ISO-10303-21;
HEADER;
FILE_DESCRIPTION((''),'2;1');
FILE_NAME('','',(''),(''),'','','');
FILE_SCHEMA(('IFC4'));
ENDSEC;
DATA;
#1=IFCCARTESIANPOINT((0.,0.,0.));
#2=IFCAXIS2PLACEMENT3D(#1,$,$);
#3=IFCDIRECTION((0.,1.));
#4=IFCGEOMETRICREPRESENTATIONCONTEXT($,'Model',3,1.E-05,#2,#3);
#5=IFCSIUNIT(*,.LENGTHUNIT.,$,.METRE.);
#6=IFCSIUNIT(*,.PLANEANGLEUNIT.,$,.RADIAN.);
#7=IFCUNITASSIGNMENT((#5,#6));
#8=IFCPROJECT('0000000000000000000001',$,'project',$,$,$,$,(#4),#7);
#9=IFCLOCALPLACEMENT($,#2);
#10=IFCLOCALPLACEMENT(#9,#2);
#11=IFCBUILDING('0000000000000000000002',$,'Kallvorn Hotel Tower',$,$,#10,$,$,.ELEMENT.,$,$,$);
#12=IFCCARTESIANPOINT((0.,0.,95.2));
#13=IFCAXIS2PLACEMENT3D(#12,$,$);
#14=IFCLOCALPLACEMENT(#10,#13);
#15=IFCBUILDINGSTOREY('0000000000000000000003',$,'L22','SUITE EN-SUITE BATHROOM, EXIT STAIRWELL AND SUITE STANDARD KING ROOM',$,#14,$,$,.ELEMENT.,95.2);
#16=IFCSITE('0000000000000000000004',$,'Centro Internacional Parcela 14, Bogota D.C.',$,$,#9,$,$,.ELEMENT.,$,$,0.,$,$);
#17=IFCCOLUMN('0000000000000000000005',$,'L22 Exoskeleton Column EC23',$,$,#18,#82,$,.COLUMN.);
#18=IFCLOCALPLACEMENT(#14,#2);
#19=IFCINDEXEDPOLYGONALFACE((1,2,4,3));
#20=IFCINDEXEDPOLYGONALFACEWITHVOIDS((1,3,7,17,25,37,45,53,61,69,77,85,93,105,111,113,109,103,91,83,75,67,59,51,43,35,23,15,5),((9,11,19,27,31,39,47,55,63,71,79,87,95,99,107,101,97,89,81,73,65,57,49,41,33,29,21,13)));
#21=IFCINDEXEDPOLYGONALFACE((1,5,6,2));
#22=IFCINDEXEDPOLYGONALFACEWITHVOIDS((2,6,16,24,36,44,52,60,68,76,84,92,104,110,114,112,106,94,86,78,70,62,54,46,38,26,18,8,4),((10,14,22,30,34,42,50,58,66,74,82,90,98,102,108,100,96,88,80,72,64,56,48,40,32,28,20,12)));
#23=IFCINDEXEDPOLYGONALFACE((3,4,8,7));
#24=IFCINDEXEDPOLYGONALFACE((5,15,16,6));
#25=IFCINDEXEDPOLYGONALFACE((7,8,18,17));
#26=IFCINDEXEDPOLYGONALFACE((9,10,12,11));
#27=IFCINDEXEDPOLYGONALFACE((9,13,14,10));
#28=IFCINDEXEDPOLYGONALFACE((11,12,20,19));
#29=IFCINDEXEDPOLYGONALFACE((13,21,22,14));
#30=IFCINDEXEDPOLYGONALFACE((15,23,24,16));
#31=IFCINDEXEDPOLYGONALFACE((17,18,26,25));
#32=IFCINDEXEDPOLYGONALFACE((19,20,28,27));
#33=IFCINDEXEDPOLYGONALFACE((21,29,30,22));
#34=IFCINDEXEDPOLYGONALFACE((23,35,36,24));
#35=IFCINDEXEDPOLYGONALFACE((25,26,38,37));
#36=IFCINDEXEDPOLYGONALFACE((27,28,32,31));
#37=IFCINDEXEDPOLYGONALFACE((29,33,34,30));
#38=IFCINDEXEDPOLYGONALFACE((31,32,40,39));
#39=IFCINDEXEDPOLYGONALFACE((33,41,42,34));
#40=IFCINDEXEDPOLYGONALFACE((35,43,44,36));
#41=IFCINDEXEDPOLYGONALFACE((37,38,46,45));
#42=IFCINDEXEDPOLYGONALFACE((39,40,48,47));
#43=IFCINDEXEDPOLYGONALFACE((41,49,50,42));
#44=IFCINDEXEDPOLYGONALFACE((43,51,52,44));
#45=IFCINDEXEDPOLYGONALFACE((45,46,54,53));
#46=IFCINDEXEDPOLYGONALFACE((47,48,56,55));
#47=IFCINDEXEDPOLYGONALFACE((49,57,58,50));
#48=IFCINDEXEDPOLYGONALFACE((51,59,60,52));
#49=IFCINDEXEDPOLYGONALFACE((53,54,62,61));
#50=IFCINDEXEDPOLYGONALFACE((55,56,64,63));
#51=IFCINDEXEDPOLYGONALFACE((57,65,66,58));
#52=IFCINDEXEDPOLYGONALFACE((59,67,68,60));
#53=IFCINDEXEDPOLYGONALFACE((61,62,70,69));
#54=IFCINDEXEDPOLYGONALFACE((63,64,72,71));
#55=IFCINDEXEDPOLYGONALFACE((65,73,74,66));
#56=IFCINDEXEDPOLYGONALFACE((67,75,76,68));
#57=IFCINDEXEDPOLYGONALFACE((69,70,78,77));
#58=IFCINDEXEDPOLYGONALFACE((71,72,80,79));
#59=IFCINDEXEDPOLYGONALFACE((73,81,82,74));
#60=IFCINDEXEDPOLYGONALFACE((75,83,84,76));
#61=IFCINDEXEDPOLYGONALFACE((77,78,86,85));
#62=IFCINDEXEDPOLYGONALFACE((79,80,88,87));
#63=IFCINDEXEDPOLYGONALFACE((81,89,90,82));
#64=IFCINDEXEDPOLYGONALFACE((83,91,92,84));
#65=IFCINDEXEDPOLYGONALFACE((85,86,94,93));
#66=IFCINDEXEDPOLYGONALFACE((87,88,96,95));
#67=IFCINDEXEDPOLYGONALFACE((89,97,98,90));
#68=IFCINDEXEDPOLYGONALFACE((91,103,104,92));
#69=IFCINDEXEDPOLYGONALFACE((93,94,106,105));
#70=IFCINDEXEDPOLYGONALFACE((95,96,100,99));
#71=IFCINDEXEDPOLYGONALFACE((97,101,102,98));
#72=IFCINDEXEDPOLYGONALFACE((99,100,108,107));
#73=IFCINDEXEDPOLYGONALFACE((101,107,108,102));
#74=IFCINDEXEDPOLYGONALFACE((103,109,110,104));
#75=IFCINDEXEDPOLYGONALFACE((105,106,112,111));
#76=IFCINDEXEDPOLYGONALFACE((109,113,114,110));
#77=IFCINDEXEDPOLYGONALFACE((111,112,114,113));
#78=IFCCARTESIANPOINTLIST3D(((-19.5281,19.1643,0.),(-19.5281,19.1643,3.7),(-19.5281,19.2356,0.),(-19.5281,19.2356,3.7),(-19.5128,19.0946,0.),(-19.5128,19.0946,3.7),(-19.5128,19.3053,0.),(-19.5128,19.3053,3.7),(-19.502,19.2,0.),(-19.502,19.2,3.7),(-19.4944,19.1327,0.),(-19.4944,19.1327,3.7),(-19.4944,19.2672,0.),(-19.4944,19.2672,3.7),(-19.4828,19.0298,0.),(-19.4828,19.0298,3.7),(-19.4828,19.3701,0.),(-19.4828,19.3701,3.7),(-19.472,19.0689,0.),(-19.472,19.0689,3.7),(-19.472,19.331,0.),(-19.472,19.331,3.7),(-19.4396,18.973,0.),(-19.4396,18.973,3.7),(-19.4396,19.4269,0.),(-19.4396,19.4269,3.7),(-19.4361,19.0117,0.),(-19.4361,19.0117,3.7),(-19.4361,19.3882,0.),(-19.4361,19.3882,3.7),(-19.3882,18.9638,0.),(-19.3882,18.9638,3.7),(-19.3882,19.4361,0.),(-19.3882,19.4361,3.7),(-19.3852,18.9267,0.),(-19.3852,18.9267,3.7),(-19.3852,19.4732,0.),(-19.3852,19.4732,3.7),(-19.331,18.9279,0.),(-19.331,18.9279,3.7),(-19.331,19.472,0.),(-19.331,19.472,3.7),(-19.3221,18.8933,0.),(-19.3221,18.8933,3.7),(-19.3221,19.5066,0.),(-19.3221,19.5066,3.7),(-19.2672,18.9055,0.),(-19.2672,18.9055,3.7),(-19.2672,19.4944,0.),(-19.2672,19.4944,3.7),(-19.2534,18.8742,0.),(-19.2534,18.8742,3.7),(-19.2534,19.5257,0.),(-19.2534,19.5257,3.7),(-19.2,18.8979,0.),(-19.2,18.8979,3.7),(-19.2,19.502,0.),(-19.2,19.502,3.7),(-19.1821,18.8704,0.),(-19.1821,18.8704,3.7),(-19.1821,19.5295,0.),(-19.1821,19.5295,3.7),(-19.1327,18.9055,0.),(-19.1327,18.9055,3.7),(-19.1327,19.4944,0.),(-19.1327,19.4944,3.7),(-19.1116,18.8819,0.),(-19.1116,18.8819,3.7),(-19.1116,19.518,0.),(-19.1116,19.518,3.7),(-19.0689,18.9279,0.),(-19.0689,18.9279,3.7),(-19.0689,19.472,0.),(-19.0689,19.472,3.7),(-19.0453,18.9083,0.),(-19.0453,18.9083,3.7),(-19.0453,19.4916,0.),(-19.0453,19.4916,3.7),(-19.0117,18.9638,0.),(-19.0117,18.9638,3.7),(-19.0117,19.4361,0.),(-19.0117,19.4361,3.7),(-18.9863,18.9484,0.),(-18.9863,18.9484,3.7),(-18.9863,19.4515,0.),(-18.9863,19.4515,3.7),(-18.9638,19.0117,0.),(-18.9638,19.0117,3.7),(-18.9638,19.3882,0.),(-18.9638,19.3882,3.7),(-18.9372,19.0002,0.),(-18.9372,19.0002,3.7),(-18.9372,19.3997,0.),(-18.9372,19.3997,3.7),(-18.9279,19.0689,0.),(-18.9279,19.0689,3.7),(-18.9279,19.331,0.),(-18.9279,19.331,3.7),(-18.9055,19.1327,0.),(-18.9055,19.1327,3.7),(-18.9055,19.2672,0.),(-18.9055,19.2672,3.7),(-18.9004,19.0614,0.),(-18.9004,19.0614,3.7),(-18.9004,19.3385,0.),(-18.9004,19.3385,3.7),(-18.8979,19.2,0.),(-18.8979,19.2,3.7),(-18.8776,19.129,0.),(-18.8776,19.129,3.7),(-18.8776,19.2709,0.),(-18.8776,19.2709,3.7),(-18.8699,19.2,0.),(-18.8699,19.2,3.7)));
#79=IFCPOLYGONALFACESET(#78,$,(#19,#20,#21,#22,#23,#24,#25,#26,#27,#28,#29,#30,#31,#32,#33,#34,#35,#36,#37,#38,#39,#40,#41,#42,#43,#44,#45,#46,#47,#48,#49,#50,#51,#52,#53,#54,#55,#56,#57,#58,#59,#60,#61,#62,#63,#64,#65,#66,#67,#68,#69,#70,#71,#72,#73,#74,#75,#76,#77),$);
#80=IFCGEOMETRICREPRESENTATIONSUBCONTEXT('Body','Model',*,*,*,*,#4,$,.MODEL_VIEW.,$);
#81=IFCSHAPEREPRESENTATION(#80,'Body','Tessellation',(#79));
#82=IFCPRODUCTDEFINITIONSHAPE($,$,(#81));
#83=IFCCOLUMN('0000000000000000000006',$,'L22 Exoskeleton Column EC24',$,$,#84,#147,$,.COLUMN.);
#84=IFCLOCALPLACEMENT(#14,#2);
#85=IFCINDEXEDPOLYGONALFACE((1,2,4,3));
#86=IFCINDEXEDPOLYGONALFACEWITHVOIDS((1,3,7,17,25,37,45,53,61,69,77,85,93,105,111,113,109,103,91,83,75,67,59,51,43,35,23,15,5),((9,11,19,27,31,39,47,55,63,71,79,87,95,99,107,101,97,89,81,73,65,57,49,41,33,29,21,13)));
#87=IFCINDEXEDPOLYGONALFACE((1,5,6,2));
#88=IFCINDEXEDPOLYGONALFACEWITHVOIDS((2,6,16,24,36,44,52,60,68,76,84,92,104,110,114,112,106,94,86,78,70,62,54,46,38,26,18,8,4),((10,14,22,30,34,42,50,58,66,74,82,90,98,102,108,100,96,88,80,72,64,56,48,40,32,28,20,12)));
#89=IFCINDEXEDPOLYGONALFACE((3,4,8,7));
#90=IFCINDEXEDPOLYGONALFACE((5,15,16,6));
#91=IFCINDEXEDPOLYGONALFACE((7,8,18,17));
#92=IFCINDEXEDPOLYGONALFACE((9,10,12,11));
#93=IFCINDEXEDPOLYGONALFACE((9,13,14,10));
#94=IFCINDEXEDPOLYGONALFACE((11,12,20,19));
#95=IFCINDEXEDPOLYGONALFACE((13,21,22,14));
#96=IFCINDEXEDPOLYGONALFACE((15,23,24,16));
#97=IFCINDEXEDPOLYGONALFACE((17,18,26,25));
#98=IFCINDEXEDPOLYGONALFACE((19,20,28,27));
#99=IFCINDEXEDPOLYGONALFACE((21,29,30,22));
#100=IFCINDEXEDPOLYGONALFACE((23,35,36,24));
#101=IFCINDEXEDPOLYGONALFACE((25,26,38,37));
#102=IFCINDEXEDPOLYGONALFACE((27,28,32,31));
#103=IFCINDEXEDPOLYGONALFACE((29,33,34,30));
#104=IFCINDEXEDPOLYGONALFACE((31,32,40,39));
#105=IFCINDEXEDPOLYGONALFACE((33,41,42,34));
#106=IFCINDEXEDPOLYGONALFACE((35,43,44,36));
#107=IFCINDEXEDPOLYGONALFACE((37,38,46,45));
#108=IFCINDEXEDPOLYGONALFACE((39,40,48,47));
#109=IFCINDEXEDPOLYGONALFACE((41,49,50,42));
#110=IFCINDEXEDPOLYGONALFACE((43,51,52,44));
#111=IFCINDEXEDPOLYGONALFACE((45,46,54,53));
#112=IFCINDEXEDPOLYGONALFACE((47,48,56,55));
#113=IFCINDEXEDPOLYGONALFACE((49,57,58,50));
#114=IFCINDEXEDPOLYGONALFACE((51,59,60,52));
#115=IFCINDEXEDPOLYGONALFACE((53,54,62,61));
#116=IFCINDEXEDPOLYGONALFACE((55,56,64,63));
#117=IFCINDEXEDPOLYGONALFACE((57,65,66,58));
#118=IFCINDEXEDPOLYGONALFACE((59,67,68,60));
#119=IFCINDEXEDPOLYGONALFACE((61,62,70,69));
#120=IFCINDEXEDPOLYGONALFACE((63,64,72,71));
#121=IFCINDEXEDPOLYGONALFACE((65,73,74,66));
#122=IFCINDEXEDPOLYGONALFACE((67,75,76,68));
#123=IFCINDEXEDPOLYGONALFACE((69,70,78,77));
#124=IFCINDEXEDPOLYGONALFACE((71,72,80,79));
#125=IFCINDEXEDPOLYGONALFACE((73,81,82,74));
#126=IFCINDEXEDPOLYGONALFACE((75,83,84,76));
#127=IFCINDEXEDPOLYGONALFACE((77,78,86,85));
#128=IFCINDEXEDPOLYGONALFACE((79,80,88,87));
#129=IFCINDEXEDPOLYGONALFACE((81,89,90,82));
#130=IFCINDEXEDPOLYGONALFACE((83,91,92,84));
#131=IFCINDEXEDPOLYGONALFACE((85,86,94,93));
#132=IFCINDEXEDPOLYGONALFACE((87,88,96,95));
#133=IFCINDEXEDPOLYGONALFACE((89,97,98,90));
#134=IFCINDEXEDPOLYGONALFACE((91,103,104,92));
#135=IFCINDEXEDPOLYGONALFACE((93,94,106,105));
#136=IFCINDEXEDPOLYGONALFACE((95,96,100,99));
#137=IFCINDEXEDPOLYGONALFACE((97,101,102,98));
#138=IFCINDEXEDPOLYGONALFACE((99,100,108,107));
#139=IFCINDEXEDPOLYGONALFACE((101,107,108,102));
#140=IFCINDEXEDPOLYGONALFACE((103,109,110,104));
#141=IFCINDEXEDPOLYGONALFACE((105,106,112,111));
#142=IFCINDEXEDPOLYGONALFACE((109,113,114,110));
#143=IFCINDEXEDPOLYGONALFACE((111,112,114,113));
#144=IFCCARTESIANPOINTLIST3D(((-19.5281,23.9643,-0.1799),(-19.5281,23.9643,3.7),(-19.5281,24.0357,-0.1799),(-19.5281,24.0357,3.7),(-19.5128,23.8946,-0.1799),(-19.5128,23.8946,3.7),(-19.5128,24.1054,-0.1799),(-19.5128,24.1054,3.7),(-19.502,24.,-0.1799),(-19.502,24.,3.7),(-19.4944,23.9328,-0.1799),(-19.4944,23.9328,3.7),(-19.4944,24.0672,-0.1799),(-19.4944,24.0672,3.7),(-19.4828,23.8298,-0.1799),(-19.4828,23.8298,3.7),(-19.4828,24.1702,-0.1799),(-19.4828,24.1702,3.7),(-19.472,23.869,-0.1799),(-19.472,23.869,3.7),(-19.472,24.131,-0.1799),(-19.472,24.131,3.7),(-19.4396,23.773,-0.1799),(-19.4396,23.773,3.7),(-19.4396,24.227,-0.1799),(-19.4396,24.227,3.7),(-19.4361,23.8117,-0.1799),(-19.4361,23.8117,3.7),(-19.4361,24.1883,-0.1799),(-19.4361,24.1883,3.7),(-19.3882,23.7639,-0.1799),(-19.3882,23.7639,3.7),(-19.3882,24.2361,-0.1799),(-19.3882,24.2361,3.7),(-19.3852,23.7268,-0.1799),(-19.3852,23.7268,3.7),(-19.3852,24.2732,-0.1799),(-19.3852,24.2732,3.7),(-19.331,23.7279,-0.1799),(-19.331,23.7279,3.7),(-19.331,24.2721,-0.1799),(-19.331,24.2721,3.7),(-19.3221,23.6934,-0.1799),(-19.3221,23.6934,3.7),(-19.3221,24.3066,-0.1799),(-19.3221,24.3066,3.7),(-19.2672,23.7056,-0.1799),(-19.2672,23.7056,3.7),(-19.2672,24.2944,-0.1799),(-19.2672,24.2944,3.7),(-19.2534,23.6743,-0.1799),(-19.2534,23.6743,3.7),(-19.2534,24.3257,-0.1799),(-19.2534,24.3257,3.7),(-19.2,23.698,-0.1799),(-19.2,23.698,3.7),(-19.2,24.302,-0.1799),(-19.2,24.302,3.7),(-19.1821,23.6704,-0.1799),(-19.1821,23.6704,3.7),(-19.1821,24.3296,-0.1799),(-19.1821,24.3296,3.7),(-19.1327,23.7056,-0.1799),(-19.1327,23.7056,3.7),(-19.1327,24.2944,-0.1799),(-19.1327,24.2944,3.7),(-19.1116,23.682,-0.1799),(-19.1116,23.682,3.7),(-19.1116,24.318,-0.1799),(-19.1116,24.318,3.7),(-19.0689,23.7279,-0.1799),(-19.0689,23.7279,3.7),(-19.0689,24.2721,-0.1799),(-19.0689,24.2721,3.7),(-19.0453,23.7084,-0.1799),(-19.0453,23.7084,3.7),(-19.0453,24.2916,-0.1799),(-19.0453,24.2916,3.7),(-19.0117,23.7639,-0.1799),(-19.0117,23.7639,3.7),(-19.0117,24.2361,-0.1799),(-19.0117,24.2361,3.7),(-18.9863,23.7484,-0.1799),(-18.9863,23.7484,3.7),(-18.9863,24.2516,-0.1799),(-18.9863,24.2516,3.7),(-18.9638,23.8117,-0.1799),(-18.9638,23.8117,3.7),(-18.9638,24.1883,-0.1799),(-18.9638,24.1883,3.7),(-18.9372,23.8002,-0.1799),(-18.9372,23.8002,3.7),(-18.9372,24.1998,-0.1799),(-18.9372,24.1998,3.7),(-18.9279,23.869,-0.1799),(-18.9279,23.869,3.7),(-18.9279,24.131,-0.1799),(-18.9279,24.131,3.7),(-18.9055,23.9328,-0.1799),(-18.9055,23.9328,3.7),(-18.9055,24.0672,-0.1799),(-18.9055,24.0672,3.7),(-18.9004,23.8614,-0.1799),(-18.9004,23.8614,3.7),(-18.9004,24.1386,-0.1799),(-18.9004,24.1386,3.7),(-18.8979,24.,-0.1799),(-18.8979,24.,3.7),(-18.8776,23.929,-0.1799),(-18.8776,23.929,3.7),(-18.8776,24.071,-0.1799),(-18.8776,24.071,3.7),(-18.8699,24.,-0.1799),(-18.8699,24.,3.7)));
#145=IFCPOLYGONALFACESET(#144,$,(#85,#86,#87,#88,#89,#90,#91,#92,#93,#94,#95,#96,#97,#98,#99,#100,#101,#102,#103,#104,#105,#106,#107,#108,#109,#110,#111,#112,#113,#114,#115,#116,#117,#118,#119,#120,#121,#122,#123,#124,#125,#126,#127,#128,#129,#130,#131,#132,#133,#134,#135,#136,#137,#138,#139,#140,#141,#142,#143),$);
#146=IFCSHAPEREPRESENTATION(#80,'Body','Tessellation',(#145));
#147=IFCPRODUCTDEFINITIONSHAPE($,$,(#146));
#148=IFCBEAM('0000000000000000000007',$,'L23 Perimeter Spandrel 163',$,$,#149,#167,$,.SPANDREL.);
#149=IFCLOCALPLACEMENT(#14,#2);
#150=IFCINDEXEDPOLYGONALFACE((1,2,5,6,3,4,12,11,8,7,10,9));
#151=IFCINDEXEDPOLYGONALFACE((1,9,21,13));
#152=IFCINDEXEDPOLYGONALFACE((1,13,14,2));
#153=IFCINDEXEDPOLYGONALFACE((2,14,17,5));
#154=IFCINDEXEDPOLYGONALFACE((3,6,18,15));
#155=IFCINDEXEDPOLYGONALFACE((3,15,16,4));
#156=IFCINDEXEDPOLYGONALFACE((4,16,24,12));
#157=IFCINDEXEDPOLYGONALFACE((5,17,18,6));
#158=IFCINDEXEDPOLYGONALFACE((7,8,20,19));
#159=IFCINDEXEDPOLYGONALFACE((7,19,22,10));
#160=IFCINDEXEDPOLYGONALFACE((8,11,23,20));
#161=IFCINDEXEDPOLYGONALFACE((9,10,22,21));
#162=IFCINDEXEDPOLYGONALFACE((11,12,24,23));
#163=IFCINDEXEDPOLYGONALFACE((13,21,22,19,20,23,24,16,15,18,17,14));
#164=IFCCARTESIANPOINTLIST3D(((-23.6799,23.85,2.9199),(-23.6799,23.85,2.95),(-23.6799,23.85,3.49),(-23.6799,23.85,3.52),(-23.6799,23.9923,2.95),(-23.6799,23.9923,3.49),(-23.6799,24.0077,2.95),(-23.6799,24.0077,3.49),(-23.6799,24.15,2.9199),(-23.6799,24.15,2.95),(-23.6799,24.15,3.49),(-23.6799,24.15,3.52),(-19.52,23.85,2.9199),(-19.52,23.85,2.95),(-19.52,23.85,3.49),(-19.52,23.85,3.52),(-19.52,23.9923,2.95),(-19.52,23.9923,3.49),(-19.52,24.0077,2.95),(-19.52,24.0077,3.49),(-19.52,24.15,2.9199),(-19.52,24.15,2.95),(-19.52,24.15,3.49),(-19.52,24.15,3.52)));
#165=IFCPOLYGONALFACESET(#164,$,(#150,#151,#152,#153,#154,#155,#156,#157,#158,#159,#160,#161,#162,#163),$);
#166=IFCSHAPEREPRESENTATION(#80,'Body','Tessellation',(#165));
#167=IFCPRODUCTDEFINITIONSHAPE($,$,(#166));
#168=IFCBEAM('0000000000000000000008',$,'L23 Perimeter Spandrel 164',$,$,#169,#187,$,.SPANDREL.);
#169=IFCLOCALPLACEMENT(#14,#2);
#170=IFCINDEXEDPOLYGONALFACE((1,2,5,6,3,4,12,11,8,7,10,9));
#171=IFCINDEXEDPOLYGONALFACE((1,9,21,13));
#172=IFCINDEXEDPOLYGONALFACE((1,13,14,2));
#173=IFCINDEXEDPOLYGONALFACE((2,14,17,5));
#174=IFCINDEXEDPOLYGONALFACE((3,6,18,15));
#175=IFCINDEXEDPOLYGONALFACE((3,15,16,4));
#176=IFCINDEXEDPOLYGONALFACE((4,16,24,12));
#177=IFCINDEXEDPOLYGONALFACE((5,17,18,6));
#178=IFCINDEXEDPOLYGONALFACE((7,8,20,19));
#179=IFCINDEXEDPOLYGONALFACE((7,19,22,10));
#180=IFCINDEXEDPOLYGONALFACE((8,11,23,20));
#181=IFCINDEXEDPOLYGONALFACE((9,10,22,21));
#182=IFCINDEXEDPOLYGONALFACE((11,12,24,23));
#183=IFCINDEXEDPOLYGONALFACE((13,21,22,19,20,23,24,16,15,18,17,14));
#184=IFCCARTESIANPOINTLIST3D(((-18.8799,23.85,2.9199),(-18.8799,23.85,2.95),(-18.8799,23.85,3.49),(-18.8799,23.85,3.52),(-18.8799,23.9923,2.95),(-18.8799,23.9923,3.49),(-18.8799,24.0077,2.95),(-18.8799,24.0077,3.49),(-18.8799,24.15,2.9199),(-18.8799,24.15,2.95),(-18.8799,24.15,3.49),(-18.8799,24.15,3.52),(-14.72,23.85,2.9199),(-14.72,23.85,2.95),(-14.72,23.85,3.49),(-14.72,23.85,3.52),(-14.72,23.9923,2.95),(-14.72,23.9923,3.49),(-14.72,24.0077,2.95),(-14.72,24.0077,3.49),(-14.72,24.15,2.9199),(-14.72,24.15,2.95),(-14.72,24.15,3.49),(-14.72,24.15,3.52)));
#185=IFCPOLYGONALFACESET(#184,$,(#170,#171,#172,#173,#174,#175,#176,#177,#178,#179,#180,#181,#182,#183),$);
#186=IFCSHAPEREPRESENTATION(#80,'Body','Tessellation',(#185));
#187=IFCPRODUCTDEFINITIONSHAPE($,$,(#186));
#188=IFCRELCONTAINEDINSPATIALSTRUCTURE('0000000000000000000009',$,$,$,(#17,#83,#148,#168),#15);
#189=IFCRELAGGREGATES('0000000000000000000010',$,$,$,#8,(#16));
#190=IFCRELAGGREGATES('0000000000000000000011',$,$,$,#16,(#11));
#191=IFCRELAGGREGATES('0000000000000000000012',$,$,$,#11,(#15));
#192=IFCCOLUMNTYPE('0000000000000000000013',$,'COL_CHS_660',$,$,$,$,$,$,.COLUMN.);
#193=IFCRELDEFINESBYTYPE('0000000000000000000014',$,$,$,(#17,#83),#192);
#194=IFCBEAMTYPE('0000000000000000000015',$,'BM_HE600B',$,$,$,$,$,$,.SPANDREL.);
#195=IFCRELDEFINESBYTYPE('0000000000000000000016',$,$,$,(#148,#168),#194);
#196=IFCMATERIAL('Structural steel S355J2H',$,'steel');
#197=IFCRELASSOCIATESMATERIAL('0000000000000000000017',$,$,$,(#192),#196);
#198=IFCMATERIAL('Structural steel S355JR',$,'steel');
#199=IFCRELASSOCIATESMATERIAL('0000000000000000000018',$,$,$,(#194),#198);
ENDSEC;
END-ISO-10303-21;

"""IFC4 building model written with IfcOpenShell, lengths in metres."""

from ifc_helpers import new_model, si_unit, direction, frame, origin, origin_2d, place, context, subcontext, project, spatial, hollow_circle, i_section, extrude, material, material_profile, profile_set, type_object, element, save


model = new_model("IFC4")

# Units and contexts
model_context = context("Model", 3, precision=1e-05, world=origin(), true_north=direction((0.0, 1.0)))
body_context = subcontext(model_context, "Body", "Model", "MODEL_VIEW")
ifc_project = project(units=[si_unit("LENGTHUNIT", "METRE"), si_unit("PLANEANGLEUNIT", "RADIAN")], contexts=[model_context])

# Site, building, storey
site_placement = place(None, origin())
site = spatial("IfcSite", under=ifc_project, at=site_placement, Name="Centro Internacional Parcela 14, Bogota D.C.", CompositionType="ELEMENT", RefElevation=0.0)
building_placement = place(site_placement, origin())
building = spatial("IfcBuilding", under=site, at=building_placement, Name="Kallvorn Hotel Tower", CompositionType="ELEMENT")
storey_placement = place(building_placement, frame((0.0, 0.0, 95.2)))
storey = spatial("IfcBuildingStorey", under=building, at=storey_placement, Name="L22", Description="SUITE EN-SUITE BATHROOM, EXIT STAIRWELL AND SUITE STANDARD KING ROOM", CompositionType="ELEMENT", Elevation=95.2)

# Columns
ifc_material_1 = material(Name="Structural steel S355J2H", Category="steel")
ifc_material_profile_1 = material_profile(ifc_material_1, hollow_circle(Radius=0.3301, WallThickness=0.0281, at=origin_2d()), Name="CHS 660x28")
ifc_profile_set_1 = profile_set([ifc_material_profile_1], Name="Structural steel S355J2H")
column_type = type_object("IfcColumnType", Name="COL_CHS_660", PredefinedType="COLUMN", material=ifc_profile_set_1)
for number, where, z_axis, x_axis, name in (
    (1, (-19.2, 19.2, 0.0), (0.0, 0.0, 1.0), (1.0, 0.0, 0.0), "L22 Exoskeleton Column EC23"),
):
    element("IfcColumn", number, at=place(storey_placement, frame(where, z_axis=z_axis, x_axis=x_axis)), inside=storey, type_object=column_type, Name=name, PredefinedType="COLUMN", context=body_context, shape_type="SweptSolid", body=[
        extrude(hollow_circle(Radius=0.3301, WallThickness=0.0281, at=origin_2d()), origin(), (0.0, 0.0, 1.0), 3.7),
    ])
column_1_placement = place(storey_placement, frame((-19.2, 24.0, -0.1799), z_axis=(0.0, 0.0, 1.0), x_axis=(1.0, 0.0, 0.0)))
element("IfcColumn", 2, at=column_1_placement, inside=storey, type_object=column_type, Name="L22 Exoskeleton Column EC24", PredefinedType="COLUMN", context=body_context, shape_type="SweptSolid", body=[
    extrude(hollow_circle(Radius=0.3301, WallThickness=0.0281, at=origin_2d()), origin(), (0.0, 0.0, 1.0), 3.8799),
])

# Beams
ifc_material_2 = material(Name="Structural steel S355JR", Category="steel")
ifc_material_profile_2 = material_profile(ifc_material_2, i_section(OverallWidth=0.3, OverallDepth=0.6001, WebThickness=0.0154, FlangeThickness=0.03, at=origin_2d()), Name="HE 600 B")
ifc_profile_set_2 = profile_set([ifc_material_profile_2], Name="Structural steel S355JR")
beam_type_1 = type_object("IfcBeamType", Name="BM_HE600B", PredefinedType="SPANDREL", material=ifc_profile_set_2)
for number, where, z_axis, x_axis, name in (
    (3, (-23.6799, 24.0, 3.22), (1.0, 0.0, 0.0), (0.0, 1.0, 0.0), "L23 Perimeter Spandrel 163"),
    (4, (-18.8799, 24.0, 3.22), (1.0, 0.0, 0.0), (0.0, 1.0, 0.0), "L23 Perimeter Spandrel 164"),
):
    element("IfcBeam", number, at=place(storey_placement, frame(where, z_axis=z_axis, x_axis=x_axis)), inside=storey, type_object=beam_type_1, Name=name, PredefinedType="SPANDREL", context=body_context, shape_type="SweptSolid", body=[
        extrude(i_section(OverallWidth=0.3, OverallDepth=0.6001, WebThickness=0.0154, FlangeThickness=0.03, at=origin_2d()), origin(), (0.0, 0.0, 1.0), 4.1599),
    ])

save(model, "model.ifc")
